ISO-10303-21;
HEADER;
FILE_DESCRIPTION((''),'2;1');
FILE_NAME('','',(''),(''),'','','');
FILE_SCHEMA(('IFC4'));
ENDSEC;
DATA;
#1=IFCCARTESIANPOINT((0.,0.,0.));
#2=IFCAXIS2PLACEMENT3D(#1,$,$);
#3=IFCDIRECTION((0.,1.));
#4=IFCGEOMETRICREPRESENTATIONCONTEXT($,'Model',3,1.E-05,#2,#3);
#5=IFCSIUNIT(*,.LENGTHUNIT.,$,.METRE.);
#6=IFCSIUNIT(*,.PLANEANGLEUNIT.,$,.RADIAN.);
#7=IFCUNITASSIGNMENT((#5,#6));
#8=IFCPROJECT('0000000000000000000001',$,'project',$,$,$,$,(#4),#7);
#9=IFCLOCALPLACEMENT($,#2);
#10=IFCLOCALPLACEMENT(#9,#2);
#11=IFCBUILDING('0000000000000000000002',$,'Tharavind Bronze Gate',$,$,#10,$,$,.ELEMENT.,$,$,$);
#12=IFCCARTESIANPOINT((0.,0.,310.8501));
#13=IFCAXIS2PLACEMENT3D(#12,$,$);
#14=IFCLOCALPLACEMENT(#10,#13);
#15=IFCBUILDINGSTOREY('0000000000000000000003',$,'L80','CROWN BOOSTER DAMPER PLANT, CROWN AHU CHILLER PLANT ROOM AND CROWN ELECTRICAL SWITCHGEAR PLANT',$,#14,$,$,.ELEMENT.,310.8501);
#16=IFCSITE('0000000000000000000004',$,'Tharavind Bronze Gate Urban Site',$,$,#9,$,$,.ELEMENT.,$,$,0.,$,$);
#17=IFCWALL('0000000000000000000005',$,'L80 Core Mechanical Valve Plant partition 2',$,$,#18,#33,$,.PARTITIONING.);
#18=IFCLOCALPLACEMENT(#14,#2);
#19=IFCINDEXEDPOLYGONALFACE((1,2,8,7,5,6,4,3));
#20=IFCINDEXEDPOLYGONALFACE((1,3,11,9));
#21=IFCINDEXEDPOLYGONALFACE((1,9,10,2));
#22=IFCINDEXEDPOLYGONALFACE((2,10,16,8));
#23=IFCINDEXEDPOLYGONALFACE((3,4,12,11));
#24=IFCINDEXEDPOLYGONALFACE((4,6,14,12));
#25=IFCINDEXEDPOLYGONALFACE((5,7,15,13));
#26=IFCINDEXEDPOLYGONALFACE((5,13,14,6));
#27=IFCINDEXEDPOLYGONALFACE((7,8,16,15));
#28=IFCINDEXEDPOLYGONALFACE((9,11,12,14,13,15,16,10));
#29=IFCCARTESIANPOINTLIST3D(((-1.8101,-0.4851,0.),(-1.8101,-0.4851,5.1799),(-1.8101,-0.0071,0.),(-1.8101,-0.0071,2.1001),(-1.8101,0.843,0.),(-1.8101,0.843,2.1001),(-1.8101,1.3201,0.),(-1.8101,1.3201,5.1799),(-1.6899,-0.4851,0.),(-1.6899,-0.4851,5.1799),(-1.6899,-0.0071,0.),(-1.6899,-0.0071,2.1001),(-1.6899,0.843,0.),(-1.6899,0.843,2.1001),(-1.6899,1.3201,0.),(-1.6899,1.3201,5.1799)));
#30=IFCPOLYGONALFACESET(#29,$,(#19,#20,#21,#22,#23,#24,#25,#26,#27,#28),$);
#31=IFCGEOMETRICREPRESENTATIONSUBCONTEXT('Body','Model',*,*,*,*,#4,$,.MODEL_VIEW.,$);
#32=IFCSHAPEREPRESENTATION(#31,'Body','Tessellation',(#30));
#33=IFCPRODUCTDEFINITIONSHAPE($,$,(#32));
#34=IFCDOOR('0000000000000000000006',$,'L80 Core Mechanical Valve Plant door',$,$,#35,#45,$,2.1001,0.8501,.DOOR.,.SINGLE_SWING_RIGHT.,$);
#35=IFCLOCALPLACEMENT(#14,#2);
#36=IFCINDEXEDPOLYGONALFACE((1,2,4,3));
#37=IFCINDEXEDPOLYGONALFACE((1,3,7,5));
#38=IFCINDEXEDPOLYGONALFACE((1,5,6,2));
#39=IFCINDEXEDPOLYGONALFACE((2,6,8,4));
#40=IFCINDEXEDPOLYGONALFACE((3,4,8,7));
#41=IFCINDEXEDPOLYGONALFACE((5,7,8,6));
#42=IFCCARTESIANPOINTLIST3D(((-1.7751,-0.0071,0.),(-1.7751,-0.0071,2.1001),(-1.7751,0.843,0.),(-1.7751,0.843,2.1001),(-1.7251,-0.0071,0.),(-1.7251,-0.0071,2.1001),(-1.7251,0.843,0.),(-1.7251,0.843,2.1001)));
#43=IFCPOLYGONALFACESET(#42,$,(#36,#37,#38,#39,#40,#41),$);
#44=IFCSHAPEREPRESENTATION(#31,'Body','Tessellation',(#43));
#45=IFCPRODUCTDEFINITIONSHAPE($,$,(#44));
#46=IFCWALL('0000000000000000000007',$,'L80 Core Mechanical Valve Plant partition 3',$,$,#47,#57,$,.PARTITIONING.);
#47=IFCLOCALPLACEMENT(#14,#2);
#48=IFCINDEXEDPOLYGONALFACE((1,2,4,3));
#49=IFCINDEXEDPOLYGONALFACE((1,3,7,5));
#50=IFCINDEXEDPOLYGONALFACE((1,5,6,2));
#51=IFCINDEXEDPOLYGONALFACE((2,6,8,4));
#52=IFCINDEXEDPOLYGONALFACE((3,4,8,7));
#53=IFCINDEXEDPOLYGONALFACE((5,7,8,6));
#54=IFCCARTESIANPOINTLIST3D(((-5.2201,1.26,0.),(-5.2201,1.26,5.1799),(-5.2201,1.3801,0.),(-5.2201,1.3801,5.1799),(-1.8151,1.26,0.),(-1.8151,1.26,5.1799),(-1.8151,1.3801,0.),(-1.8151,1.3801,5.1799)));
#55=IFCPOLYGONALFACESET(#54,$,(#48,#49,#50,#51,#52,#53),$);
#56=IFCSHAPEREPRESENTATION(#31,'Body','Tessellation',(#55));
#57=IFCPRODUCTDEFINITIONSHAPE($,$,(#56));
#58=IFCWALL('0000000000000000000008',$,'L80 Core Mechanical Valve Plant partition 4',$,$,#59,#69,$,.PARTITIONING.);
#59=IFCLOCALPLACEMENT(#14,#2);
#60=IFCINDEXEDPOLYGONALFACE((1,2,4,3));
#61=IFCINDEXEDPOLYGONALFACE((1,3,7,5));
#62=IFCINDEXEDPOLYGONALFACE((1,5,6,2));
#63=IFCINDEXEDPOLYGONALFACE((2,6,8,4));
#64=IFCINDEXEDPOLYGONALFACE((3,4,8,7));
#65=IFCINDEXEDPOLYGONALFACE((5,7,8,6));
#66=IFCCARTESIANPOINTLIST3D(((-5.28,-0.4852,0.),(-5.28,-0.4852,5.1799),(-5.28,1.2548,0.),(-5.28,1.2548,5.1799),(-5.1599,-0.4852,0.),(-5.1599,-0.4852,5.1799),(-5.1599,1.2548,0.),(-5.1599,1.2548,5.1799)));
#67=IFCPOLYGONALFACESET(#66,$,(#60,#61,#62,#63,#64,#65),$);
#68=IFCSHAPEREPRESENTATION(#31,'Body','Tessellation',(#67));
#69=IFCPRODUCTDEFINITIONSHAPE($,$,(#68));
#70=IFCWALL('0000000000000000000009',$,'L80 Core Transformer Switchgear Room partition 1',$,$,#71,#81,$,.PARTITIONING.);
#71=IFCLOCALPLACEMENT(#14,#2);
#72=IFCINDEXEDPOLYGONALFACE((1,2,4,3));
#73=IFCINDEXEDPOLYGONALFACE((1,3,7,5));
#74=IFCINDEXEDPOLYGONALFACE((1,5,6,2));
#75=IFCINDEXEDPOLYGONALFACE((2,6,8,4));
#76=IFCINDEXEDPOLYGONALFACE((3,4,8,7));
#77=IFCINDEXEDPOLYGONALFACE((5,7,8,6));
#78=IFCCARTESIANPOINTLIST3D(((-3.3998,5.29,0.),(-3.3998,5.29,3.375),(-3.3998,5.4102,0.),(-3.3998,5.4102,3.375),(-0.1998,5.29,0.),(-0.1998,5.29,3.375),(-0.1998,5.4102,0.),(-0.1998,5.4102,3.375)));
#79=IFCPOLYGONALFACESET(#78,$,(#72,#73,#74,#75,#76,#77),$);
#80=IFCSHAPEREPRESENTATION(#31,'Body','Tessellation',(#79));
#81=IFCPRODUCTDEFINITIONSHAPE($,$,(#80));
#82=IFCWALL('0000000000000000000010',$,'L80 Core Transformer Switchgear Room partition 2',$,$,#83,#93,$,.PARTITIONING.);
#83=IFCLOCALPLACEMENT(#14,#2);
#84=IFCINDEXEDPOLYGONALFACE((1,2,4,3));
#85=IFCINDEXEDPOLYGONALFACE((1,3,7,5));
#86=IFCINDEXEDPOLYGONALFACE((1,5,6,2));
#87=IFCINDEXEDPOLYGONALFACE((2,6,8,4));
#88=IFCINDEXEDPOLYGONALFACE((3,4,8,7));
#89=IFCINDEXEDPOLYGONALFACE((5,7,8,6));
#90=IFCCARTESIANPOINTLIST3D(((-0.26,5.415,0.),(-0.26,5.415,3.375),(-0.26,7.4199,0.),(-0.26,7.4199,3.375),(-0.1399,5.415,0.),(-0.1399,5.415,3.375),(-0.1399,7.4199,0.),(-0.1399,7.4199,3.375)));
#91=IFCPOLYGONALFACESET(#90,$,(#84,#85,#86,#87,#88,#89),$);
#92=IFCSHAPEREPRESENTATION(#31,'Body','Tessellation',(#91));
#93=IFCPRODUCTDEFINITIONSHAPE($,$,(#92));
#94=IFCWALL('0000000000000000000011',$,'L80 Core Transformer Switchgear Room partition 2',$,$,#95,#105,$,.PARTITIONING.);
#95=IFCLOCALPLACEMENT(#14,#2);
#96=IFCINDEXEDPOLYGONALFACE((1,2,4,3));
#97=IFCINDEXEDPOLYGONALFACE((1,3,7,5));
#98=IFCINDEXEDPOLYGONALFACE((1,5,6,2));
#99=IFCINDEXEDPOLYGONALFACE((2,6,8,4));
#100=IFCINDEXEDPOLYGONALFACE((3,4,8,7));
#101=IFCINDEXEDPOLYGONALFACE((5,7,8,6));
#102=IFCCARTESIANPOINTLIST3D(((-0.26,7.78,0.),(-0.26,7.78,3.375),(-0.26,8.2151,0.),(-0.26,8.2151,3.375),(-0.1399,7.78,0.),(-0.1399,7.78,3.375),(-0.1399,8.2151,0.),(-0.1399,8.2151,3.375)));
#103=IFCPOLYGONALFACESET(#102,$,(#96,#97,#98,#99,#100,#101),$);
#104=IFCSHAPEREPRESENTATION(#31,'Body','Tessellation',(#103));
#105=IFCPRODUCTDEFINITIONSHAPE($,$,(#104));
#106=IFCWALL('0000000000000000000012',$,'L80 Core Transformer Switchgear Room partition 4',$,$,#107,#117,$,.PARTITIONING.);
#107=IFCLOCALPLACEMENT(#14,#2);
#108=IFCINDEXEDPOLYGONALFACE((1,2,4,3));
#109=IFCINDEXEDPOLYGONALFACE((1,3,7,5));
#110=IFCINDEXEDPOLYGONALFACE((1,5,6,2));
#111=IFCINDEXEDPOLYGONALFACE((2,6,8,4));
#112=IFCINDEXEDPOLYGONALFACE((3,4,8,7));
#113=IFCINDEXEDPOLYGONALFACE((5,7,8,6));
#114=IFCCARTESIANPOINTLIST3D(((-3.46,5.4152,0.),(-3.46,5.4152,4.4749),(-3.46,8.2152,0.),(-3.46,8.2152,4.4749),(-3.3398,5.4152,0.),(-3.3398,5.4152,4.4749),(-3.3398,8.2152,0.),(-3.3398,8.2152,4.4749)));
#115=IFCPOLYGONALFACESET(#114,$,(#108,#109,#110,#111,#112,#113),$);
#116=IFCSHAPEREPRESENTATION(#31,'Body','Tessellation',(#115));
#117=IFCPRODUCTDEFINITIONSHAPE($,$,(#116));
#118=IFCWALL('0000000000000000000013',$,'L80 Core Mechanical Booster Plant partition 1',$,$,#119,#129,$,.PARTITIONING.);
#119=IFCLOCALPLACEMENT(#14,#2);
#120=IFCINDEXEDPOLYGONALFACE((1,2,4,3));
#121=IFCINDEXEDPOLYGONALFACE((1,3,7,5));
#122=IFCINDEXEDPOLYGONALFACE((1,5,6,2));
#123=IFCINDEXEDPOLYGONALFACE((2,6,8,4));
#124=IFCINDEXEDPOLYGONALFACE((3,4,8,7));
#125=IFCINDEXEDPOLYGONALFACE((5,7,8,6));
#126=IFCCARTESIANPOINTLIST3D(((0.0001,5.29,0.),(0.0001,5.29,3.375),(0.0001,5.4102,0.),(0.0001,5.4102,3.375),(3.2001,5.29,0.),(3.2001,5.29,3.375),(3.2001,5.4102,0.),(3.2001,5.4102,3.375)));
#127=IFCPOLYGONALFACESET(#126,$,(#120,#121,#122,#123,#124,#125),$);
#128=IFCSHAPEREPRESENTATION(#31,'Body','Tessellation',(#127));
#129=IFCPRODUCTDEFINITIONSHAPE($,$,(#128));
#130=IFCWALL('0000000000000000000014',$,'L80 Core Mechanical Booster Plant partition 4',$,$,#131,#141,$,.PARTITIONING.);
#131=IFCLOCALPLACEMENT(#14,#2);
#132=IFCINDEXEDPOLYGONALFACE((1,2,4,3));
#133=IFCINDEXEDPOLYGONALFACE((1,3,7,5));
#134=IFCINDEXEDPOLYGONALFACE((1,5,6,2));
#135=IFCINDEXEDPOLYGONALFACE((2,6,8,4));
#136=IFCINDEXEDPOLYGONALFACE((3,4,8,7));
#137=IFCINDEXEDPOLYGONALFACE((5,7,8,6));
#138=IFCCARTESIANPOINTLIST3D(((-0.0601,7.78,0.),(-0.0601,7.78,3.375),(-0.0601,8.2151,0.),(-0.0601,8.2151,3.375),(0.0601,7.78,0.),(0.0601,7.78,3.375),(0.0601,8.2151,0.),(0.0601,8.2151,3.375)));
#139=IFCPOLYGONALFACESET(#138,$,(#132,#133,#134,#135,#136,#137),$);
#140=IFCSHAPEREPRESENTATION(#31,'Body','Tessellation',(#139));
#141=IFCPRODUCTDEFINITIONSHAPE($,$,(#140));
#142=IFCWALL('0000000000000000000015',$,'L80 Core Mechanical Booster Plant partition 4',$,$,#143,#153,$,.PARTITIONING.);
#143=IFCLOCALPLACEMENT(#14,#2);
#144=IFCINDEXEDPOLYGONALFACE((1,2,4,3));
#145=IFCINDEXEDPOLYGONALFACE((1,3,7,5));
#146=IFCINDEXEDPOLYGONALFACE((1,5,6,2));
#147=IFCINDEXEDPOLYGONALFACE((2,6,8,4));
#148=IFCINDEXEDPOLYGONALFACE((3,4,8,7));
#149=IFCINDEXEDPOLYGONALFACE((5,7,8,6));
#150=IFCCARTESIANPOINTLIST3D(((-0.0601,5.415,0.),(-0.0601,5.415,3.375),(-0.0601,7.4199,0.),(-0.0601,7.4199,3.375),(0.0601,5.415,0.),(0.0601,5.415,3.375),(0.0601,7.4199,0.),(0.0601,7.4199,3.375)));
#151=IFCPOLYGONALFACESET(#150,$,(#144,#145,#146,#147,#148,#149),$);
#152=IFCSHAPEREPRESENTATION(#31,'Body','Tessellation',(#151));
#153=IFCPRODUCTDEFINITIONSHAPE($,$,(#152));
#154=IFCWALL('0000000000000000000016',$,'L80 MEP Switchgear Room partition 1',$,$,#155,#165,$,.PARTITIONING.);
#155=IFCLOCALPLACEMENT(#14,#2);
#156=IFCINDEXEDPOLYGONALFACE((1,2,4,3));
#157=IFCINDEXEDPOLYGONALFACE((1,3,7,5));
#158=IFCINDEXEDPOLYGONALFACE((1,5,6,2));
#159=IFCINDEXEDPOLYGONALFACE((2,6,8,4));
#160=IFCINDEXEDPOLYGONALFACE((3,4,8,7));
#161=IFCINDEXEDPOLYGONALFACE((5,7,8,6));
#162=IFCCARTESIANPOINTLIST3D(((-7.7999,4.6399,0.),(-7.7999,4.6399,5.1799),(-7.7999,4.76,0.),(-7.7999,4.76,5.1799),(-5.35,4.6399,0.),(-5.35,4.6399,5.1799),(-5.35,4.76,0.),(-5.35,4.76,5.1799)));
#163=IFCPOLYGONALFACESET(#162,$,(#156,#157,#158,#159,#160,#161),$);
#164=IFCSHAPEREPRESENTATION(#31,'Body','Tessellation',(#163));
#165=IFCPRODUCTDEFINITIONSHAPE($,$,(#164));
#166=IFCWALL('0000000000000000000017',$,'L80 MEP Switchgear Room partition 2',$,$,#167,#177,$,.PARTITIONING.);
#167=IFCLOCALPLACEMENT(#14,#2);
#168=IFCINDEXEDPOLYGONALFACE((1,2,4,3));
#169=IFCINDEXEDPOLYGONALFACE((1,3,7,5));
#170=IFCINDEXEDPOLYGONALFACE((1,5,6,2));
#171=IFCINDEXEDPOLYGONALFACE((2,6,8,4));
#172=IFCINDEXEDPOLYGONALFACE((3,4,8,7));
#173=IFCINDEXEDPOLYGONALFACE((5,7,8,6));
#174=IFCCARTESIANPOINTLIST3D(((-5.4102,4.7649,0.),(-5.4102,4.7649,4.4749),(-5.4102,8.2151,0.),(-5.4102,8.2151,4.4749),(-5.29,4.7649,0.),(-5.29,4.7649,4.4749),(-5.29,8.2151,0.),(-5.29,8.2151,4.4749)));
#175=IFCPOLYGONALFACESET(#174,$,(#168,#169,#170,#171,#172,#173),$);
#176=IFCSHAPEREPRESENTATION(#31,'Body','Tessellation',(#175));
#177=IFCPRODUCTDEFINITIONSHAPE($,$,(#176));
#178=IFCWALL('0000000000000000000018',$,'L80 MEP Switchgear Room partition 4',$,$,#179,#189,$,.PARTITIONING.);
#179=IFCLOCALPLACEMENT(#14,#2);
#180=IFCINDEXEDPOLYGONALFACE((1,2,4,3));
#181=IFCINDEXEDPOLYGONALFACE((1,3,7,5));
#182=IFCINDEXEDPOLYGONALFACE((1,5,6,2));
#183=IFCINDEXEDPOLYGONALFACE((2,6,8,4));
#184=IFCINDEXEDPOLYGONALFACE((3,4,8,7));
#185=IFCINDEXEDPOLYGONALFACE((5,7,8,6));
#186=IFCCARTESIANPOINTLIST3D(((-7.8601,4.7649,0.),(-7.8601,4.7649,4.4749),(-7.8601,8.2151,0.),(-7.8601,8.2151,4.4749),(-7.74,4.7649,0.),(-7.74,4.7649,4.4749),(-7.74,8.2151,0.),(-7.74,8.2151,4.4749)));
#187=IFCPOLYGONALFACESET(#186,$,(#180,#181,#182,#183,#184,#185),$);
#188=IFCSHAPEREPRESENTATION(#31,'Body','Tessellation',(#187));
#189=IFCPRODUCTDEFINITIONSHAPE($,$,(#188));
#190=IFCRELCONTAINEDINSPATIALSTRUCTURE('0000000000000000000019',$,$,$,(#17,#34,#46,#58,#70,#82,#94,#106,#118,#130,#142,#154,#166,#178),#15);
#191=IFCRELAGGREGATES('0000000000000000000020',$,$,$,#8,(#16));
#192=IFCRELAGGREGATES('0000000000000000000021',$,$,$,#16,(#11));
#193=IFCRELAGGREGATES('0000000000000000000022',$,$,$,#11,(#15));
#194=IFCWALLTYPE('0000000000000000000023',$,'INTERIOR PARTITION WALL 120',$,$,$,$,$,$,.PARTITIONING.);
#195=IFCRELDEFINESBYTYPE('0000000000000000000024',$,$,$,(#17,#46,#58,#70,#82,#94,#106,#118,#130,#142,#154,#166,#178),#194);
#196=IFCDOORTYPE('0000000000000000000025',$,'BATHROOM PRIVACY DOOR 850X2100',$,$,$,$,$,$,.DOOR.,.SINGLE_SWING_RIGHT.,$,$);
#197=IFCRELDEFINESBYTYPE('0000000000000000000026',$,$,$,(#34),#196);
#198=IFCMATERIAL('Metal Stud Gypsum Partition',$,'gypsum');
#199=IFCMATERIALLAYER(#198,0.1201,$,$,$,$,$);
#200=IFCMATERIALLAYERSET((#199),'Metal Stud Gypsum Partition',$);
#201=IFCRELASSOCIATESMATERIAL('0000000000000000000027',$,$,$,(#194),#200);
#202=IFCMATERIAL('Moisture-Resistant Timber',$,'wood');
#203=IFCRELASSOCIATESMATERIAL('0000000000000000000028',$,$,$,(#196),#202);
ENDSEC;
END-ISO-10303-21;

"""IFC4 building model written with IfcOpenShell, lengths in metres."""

from ifc_helpers import new_model, si_unit, direction, frame, frame_2d, origin, place, context, subcontext, project, spatial, rectangle, extrude, material, layer, layer_set, type_object, element, fill, save


model = new_model("IFC4")

# Units and contexts
model_context = context("Model", 3, precision=1e-05, world=origin(), true_north=direction((0.0, 1.0)))
body_context = subcontext(model_context, "Body", "Model", "MODEL_VIEW")
ifc_project = project(units=[si_unit("LENGTHUNIT", "METRE"), si_unit("PLANEANGLEUNIT", "RADIAN")], contexts=[model_context])

# Site, building, storey
site_placement = place(None, origin())
site = spatial("IfcSite", under=ifc_project, at=site_placement, Name="Tharavind Bronze Gate Urban Site", CompositionType="ELEMENT", RefElevation=0.0)
building_placement = place(site_placement, origin())
building = spatial("IfcBuilding", under=site, at=building_placement, Name="Tharavind Bronze Gate", CompositionType="ELEMENT")
storey_placement = place(building_placement, frame((0.0, 0.0, 310.8501)))
storey = spatial("IfcBuildingStorey", under=building, at=storey_placement, Name="L80", Description="CROWN BOOSTER DAMPER PLANT, CROWN AHU CHILLER PLANT ROOM AND CROWN ELECTRICAL SWITCHGEAR PLANT", CompositionType="ELEMENT", Elevation=310.8501)

# Shared definitions
ifc_material_1 = material(Name="Metal Stud Gypsum Partition", Category="gypsum")
ifc_layer_1 = layer(ifc_material_1, 0.1201)
ifc_layer_set_1 = layer_set([ifc_layer_1], Name="Metal Stud Gypsum Partition")
wall_type_1 = type_object("IfcWallType", Name="INTERIOR PARTITION WALL 120", PredefinedType="PARTITIONING", material=ifc_layer_set_1)

# Shared definitions
ifc_material_2 = material(Name="Moisture-Resistant Timber", Category="wood")
door_type = type_object("IfcDoorType", Name="BATHROOM PRIVACY DOOR 850X2100", OperationType="SINGLE_SWING_RIGHT", PredefinedType="DOOR", material=ifc_material_2)

# Wall, opening, door
wall_1_placement = place(storey_placement, frame((-1.75, -0.4851, 0.0), z_axis=(0.0, 0.0, 1.0), x_axis=(0.0, 1.0, 0.0)))
wall_1 = element("IfcWall", 1, at=wall_1_placement, inside=storey, type_object=wall_type_1, Name="L80 Core Mechanical Valve Plant partition 2", PredefinedType="PARTITIONING", context=body_context, shape_type="SweptSolid", body=[
    extrude(rectangle(XDim=1.8052, YDim=0.1201, at=frame_2d((0.9026, 0.0))), origin(), (0.0, 0.0, 1.0), 5.1799),
])
opening_1_placement = place(wall_1_placement, frame((0.478, 0.0, 0.0)))
opening_1 = element("IfcOpeningElement", 2, at=opening_1_placement, cuts=wall_1, PredefinedType="OPENING", context=body_context, shape_type="SweptSolid", body=[
    extrude(rectangle(XDim=0.8501, YDim=2.1001, at=frame_2d((0.425, 1.05))), frame((0.0, 0.0701, 0.0), z_axis=(0.0, -1.0, 0.0), x_axis=(1.0, 0.0, 0.0)), (0.0, 0.0, 1.0), 0.1401),
])
door_1_placement = place(opening_1_placement, frame((0.8501, 0.0, 0.0), z_axis=(0.0, 0.0, 1.0), x_axis=(-1.0, 0.0, 0.0)))
door_1 = element("IfcDoor", 3, at=door_1_placement, inside=storey, type_object=door_type, Name="L80 Core Mechanical Valve Plant door", OperationType="SINGLE_SWING_RIGHT", OverallHeight=2.1001, OverallWidth=0.8501, PredefinedType="DOOR", context=body_context, shape_type="SweptSolid", body=[
    extrude(rectangle(XDim=0.8501, YDim=2.1001, at=frame_2d((0.425, 1.05))), frame((0.0, 0.0249, 0.0), z_axis=(0.0, -1.0, 0.0), x_axis=(1.0, 0.0, 0.0)), (0.0, 0.0, 1.0), 0.05),
])
fill(opening_1, door_1)

# Walls
wall_2_placement = place(storey_placement, frame((-1.8149, 1.3201, 0.0), z_axis=(0.0, 0.0, 1.0), x_axis=(-1.0, 0.0, 0.0)))
element("IfcWall", 4, at=wall_2_placement, inside=storey, type_object=wall_type_1, Name="L80 Core Mechanical Valve Plant partition 3", PredefinedType="PARTITIONING", context=body_context, shape_type="SweptSolid", body=[
    extrude(rectangle(XDim=3.405, YDim=0.1201, at=frame_2d((1.7026, 0.0))), origin(), (0.0, 0.0, 1.0), 5.1799),
])
wall_3_placement = place(storey_placement, frame((-5.22, 1.2549, 0.0), z_axis=(0.0, 0.0, 1.0), x_axis=(0.0, -1.0, 0.0)))
element("IfcWall", 5, at=wall_3_placement, inside=storey, type_object=wall_type_1, Name="L80 Core Mechanical Valve Plant partition 4", PredefinedType="PARTITIONING", context=body_context, shape_type="SweptSolid", body=[
    extrude(rectangle(XDim=1.74, YDim=0.1201, at=frame_2d((0.8701, 0.0))), origin(), (0.0, 0.0, 1.0), 5.1799),
])
wall_4_placement = place(storey_placement, frame((-3.3999, 5.3501, 0.0), z_axis=(0.0, 0.0, 1.0), x_axis=(1.0, 0.0, 0.0)))
element("IfcWall", 6, at=wall_4_placement, inside=storey, type_object=wall_type_1, Name="L80 Core Transformer Switchgear Room partition 1", PredefinedType="PARTITIONING", context=body_context, shape_type="SweptSolid", body=[
    extrude(rectangle(XDim=3.2, YDim=0.1201, at=frame_2d((1.6001, 0.0))), origin(), (0.0, 0.0, 1.0), 3.375),
])
wall_5_placement = place(storey_placement, frame((-0.2, 5.415, 0.0), z_axis=(0.0, 0.0, 1.0), x_axis=(0.0, 1.0, 0.0)))
element("IfcWall", 7, at=wall_5_placement, inside=storey, type_object=wall_type_1, Name="L80 Core Transformer Switchgear Room partition 2", PredefinedType="PARTITIONING", context=body_context, shape_type="SweptSolid", body=[
    extrude(rectangle(XDim=2.0049, YDim=0.1201, at=frame_2d((1.0024, 0.0))), origin(), (0.0, 0.0, 1.0), 3.375),
])
wall_6_placement = place(storey_placement, frame((-0.2, 7.78, 0.0), z_axis=(0.0, 0.0, 1.0), x_axis=(0.0, 1.0, 0.0)))
element("IfcWall", 8, at=wall_6_placement, inside=storey, type_object=wall_type_1, Name="L80 Core Transformer Switchgear Room partition 2", PredefinedType="PARTITIONING", context=body_context, shape_type="SweptSolid", body=[
    extrude(rectangle(XDim=0.4351, YDim=0.1201, at=frame_2d((0.2175, 0.0))), origin(), (0.0, 0.0, 1.0), 3.375),
])
wall_7_placement = place(storey_placement, frame((-3.3999, 8.2151, 0.0), z_axis=(0.0, 0.0, 1.0), x_axis=(0.0, -1.0, 0.0)))
element("IfcWall", 9, at=wall_7_placement, inside=storey, type_object=wall_type_1, Name="L80 Core Transformer Switchgear Room partition 4", PredefinedType="PARTITIONING", context=body_context, shape_type="SweptSolid", body=[
    extrude(rectangle(XDim=2.8, YDim=0.1201, at=frame_2d((1.3999, 0.0))), origin(), (0.0, 0.0, 1.0), 4.4749),
])
wall_8_placement = place(storey_placement, frame((0.0, 5.3501, 0.0), z_axis=(0.0, 0.0, 1.0), x_axis=(1.0, 0.0, 0.0)))
element("IfcWall", 10, at=wall_8_placement, inside=storey, type_object=wall_type_1, Name="L80 Core Mechanical Booster Plant partition 1", PredefinedType="PARTITIONING", context=body_context, shape_type="SweptSolid", body=[
    extrude(rectangle(XDim=3.2, YDim=0.1201, at=frame_2d((1.6001, 0.0))), origin(), (0.0, 0.0, 1.0), 3.375),
])
wall_9_placement = place(storey_placement, frame((0.0, 8.2151, 0.0), z_axis=(0.0, 0.0, 1.0), x_axis=(0.0, -1.0, 0.0)))
element("IfcWall", 11, at=wall_9_placement, inside=storey, type_object=wall_type_1, Name="L80 Core Mechanical Booster Plant partition 4", PredefinedType="PARTITIONING", context=body_context, shape_type="SweptSolid", body=[
    extrude(rectangle(XDim=0.4351, YDim=0.1201, at=frame_2d((0.2175, 0.0))), origin(), (0.0, 0.0, 1.0), 3.375),
])
wall_10_placement = place(storey_placement, frame((0.0, 7.4199, 0.0), z_axis=(0.0, 0.0, 1.0), x_axis=(0.0, -1.0, 0.0)))
element("IfcWall", 12, at=wall_10_placement, inside=storey, type_object=wall_type_1, Name="L80 Core Mechanical Booster Plant partition 4", PredefinedType="PARTITIONING", context=body_context, shape_type="SweptSolid", body=[
    extrude(rectangle(XDim=2.0049, YDim=0.1201, at=frame_2d((1.0024, 0.0))), origin(), (0.0, 0.0, 1.0), 3.375),
])
wall_11_placement = place(storey_placement, frame((-7.8, 4.7, 0.0), z_axis=(0.0, 0.0, 1.0), x_axis=(1.0, 0.0, 0.0)))
element("IfcWall", 13, at=wall_11_placement, inside=storey, type_object=wall_type_1, Name="L80 MEP Switchgear Room partition 1", PredefinedType="PARTITIONING", context=body_context, shape_type="SweptSolid", body=[
    extrude(rectangle(XDim=2.45, YDim=0.1201, at=frame_2d((1.2251, 0.0))), origin(), (0.0, 0.0, 1.0), 5.1799),
])
for number, where, z_axis, x_axis, name in (
    (14, (-5.3501, 4.7649, 0.0), (0.0, 0.0, 1.0), (0.0, 1.0, 0.0), "L80 MEP Switchgear Room partition 2"),
    (15, (-7.8, 8.2151, 0.0), (0.0, 0.0, 1.0), (0.0, -1.0, 0.0), "L80 MEP Switchgear Room partition 4"),
):
    element("IfcWall", number, at=place(storey_placement, frame(where, z_axis=z_axis, x_axis=x_axis)), inside=storey, type_object=wall_type_1, Name=name, PredefinedType="PARTITIONING", context=body_context, shape_type="SweptSolid", body=[
        extrude(rectangle(XDim=3.4502, YDim=0.1201, at=frame_2d((1.7251, 0.0))), origin(), (0.0, 0.0, 1.0), 4.4749),
    ])

save(model, "model.ifc")
